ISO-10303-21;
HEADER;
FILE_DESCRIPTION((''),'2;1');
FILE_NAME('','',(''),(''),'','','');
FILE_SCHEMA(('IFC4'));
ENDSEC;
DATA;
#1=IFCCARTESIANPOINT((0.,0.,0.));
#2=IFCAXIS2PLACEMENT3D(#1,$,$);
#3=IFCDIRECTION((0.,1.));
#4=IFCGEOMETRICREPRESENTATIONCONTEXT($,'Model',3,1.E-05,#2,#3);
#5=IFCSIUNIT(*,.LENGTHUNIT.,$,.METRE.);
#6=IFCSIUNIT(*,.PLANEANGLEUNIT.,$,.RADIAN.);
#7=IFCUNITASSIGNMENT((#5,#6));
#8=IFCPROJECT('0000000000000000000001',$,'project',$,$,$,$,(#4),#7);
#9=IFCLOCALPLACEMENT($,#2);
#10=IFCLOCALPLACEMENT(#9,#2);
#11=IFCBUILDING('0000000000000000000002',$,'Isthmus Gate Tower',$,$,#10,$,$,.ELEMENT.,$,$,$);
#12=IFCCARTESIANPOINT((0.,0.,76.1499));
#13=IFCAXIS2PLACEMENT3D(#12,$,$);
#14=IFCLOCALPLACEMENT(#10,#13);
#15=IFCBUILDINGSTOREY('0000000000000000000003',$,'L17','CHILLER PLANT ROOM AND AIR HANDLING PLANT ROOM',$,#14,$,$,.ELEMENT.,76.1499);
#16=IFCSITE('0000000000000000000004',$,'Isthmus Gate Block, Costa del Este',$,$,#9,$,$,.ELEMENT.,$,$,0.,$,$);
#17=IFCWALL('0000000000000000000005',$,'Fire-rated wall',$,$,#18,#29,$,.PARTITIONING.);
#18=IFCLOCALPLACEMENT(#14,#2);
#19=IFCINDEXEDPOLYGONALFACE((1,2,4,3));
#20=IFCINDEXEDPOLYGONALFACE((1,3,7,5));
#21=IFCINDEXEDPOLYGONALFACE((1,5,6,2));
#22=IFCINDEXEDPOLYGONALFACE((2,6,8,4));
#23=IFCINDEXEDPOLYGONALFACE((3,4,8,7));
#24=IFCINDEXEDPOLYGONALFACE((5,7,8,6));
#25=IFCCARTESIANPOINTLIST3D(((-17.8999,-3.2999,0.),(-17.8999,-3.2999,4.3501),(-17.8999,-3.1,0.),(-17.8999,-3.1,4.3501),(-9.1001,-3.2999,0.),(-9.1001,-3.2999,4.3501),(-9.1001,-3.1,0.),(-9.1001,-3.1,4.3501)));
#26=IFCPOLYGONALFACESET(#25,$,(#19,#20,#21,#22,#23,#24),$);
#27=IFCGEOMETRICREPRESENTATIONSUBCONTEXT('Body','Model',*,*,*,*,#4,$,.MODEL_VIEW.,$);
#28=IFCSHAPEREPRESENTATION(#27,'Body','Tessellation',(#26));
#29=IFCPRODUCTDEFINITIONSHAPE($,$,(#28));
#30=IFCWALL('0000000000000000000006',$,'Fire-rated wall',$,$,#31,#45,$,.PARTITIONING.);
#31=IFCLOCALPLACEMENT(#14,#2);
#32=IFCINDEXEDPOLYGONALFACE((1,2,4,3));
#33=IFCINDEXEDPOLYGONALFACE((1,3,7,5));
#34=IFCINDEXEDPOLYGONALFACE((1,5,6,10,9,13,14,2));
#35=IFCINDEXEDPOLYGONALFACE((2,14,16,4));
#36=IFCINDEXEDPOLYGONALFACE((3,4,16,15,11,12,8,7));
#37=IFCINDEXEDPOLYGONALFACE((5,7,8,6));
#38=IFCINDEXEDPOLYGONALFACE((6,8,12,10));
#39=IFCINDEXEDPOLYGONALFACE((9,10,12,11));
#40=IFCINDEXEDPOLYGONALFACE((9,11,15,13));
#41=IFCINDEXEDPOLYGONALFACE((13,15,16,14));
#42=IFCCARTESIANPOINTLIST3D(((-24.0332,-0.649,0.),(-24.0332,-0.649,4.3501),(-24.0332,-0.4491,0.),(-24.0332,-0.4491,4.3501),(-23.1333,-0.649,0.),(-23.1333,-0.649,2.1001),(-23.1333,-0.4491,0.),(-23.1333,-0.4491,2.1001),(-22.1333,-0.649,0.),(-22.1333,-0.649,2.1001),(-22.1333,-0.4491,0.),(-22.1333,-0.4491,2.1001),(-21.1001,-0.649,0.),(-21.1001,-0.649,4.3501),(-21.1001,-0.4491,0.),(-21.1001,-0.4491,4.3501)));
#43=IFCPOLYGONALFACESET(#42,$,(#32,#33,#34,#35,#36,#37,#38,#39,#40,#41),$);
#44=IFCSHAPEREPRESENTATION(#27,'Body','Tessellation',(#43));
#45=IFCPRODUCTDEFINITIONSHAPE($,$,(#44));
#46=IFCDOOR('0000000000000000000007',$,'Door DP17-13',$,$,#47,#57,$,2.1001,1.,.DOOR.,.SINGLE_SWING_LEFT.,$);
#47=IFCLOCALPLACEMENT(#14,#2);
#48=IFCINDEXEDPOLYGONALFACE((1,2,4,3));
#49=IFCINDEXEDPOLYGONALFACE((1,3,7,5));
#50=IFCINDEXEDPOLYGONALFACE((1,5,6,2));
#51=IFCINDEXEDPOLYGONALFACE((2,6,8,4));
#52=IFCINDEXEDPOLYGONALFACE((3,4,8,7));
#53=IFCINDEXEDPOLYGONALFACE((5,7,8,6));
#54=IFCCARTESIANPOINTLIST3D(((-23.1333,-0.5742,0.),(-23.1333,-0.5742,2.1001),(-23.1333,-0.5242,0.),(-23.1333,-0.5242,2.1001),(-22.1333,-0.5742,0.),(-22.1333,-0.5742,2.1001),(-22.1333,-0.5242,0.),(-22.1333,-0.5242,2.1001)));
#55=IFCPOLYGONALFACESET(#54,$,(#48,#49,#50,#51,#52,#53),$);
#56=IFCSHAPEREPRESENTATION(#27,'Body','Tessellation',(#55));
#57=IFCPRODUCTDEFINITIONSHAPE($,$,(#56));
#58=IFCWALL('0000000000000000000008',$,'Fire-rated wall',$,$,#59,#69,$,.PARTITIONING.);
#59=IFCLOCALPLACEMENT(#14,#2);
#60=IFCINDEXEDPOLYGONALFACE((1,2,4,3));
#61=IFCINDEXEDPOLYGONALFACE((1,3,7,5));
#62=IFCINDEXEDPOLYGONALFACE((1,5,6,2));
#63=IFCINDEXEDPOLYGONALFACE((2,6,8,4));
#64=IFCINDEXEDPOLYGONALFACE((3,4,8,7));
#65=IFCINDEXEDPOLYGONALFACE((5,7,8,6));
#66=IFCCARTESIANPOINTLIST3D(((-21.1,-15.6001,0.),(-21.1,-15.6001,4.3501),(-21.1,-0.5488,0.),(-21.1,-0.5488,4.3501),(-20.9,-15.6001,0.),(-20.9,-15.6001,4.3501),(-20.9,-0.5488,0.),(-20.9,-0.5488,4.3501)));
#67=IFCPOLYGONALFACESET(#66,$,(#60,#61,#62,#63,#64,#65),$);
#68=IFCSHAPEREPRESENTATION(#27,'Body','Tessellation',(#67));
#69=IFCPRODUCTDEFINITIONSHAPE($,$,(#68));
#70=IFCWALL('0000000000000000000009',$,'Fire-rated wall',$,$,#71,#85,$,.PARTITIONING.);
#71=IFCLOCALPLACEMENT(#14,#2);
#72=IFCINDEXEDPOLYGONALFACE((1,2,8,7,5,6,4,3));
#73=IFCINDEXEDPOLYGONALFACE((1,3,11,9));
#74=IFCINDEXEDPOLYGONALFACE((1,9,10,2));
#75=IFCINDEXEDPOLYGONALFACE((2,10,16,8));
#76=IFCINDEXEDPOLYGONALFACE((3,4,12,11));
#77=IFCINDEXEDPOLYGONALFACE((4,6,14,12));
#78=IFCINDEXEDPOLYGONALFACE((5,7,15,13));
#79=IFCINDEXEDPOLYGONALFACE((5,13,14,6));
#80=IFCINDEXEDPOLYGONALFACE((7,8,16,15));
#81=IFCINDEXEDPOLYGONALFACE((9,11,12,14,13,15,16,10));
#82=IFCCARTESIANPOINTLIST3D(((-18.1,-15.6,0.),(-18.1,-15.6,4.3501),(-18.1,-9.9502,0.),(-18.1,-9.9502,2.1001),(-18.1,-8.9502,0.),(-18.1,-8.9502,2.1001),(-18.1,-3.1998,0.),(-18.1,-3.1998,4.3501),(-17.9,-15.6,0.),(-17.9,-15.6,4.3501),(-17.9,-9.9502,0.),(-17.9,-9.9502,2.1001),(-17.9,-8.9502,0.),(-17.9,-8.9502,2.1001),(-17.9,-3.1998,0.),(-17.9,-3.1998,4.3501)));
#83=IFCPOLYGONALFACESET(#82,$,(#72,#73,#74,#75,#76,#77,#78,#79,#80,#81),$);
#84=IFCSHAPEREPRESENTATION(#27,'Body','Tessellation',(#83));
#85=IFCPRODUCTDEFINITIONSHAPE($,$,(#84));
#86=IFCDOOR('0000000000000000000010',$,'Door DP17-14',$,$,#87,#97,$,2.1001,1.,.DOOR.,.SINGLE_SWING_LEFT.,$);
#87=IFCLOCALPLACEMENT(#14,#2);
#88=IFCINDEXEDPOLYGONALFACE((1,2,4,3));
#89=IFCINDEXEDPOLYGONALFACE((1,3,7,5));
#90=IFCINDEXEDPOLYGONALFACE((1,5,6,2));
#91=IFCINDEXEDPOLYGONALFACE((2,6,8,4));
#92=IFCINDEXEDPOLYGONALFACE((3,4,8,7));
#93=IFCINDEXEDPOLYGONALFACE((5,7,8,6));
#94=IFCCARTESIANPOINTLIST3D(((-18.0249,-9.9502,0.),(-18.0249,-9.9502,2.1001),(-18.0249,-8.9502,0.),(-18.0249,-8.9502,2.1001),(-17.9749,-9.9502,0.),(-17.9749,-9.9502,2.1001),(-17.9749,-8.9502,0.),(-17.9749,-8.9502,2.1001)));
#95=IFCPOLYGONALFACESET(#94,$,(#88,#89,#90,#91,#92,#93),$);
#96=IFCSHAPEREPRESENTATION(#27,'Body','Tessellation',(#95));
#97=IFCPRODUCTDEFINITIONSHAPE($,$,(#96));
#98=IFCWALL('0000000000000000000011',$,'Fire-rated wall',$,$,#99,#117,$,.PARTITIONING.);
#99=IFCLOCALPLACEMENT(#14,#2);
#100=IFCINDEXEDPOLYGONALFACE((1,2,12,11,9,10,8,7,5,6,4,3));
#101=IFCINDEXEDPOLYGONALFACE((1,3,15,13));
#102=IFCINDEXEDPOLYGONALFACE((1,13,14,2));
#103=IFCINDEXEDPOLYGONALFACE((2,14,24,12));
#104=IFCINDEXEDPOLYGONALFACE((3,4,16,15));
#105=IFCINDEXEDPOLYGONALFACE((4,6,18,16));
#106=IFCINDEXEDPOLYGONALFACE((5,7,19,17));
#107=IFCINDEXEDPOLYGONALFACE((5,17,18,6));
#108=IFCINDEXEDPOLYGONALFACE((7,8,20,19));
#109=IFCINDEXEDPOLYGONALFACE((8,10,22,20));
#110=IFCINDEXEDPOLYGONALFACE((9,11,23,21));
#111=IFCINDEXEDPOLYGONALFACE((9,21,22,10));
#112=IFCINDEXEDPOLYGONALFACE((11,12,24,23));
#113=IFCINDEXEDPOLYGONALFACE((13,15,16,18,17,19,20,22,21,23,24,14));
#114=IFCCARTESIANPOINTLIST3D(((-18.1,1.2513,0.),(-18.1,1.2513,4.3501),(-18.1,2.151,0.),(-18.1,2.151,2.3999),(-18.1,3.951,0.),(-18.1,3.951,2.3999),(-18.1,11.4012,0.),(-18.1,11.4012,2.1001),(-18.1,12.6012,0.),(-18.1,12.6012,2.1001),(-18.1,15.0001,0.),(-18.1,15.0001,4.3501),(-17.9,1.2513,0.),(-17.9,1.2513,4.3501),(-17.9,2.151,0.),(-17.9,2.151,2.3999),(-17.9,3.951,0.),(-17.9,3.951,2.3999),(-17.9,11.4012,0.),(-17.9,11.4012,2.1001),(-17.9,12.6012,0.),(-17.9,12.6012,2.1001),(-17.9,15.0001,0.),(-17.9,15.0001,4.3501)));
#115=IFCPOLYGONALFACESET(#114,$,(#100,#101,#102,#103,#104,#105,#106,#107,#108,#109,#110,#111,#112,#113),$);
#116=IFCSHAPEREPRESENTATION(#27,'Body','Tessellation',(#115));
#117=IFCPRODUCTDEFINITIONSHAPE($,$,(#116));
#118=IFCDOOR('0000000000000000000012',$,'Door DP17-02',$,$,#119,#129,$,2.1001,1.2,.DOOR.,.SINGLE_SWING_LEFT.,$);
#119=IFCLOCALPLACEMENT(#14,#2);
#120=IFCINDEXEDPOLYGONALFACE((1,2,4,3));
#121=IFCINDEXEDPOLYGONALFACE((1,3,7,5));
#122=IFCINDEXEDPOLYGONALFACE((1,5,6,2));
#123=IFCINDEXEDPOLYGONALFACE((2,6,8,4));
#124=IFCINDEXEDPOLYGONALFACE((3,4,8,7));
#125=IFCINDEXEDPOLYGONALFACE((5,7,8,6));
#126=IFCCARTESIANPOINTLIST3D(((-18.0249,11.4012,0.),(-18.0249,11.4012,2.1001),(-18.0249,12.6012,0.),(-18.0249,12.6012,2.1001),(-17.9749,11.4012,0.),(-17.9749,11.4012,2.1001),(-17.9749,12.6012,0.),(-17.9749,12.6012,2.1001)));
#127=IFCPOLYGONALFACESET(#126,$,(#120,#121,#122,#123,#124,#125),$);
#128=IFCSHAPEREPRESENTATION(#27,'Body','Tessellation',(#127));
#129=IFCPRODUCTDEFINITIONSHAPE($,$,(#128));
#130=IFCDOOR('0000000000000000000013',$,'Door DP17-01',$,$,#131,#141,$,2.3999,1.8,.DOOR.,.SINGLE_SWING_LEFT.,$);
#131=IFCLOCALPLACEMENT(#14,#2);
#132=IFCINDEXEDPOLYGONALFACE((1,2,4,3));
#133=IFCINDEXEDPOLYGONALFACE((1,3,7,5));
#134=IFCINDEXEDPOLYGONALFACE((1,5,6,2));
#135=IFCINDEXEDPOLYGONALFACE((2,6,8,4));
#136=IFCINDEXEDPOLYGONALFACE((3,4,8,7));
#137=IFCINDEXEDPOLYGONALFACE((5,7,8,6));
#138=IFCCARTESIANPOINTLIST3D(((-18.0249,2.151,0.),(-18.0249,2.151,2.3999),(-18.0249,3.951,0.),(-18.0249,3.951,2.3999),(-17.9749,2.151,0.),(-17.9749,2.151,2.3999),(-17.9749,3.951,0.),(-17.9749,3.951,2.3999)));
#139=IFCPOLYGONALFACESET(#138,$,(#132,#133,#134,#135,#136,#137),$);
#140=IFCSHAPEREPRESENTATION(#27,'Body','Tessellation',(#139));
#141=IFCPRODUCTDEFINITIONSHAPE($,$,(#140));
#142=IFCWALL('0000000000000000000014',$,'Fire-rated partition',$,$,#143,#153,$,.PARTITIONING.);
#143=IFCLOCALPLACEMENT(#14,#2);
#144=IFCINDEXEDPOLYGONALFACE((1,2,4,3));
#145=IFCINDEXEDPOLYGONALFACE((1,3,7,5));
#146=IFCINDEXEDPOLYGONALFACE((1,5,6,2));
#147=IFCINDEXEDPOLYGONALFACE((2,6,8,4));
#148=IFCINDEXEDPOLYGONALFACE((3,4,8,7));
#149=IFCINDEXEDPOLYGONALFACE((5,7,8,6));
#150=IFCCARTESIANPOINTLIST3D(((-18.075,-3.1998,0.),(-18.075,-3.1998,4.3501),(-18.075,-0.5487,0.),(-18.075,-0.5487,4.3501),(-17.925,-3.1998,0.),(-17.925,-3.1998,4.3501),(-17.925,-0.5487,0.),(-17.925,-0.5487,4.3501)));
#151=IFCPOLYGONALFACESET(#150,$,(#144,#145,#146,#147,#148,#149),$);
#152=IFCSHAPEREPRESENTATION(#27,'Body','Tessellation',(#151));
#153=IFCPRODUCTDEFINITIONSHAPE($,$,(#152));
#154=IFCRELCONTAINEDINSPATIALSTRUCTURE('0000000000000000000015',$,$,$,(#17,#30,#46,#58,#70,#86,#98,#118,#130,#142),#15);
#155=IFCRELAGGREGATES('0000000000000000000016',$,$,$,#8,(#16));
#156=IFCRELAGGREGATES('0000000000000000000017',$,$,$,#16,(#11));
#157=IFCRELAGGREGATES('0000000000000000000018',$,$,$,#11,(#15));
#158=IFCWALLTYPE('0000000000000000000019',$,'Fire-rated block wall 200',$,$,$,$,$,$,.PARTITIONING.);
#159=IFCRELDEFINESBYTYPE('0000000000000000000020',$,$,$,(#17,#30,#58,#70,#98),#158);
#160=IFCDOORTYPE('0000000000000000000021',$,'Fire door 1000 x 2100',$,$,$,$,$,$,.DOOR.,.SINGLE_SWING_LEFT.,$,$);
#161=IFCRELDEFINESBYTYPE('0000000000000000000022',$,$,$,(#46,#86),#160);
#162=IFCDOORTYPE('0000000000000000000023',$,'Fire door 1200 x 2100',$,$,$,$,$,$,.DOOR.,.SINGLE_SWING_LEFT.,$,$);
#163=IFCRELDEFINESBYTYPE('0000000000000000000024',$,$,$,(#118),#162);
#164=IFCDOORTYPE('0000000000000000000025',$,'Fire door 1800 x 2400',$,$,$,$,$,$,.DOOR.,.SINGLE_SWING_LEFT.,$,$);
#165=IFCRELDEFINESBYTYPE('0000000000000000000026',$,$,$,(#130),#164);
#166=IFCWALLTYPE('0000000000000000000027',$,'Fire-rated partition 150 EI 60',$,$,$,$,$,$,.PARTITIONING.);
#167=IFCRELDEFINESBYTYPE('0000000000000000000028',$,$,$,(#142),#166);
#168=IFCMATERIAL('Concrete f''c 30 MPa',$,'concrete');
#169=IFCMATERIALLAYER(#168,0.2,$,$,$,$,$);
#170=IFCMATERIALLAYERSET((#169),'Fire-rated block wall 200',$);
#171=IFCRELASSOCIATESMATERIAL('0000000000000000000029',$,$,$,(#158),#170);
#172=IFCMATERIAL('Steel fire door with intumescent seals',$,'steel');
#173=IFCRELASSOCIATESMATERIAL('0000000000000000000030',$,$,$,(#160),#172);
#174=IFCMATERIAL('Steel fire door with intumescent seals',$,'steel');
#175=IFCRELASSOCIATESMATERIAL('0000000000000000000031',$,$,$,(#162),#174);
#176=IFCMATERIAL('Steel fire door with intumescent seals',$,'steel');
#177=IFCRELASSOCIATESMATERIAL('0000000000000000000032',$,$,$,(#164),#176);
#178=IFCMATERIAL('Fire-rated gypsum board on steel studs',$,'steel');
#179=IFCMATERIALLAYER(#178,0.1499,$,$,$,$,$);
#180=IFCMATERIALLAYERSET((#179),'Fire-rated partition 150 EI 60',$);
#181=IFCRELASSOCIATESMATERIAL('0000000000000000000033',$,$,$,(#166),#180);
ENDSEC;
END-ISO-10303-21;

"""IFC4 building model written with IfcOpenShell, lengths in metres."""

from ifc_helpers import new_model, si_unit, direction, frame, frame_2d, origin, place, context, subcontext, project, spatial, rectangle, extrude, material, layer, layer_set, type_object, element, fill, save


model = new_model("IFC4")

# Units and contexts
model_context = context("Model", 3, precision=1e-05, world=origin(), true_north=direction((0.0, 1.0)))
body_context = subcontext(model_context, "Body", "Model", "MODEL_VIEW")
ifc_project = project(units=[si_unit("LENGTHUNIT", "METRE"), si_unit("PLANEANGLEUNIT", "RADIAN")], contexts=[model_context])

# Site, building, storey
site_placement = place(None, origin())
site = spatial("IfcSite", under=ifc_project, at=site_placement, Name="Isthmus Gate Block, Costa del Este", CompositionType="ELEMENT", RefElevation=0.0)
building_placement = place(site_placement, origin())
building = spatial("IfcBuilding", under=site, at=building_placement, Name="Isthmus Gate Tower", CompositionType="ELEMENT")
storey_placement = place(building_placement, frame((0.0, 0.0, 76.1499)))
storey = spatial("IfcBuildingStorey", under=building, at=storey_placement, Name="L17", Description="CHILLER PLANT ROOM AND AIR HANDLING PLANT ROOM", CompositionType="ELEMENT", Elevation=76.1499)

# Wall
ifc_material_1 = material(Name="Concrete f'c 30 MPa", Category="concrete")
ifc_layer_1 = layer(ifc_material_1, 0.2)
ifc_layer_set_1 = layer_set([ifc_layer_1], Name="Fire-rated block wall 200")
wall_type_1 = type_object("IfcWallType", Name="Fire-rated block wall 200", PredefinedType="PARTITIONING", material=ifc_layer_set_1)
wall_1_placement = place(storey_placement, frame((-17.8999, -3.2, 0.0), z_axis=(0.0, 0.0, 1.0), x_axis=(1.0, 0.0, 0.0)))
element("IfcWall", 1, at=wall_1_placement, inside=storey, type_object=wall_type_1, Name="Fire-rated wall", PredefinedType="PARTITIONING", context=body_context, shape_type="SweptSolid", body=[
    extrude(rectangle(XDim=8.7998, YDim=0.2, at=frame_2d((4.3999, 0.0))), origin(), (0.0, 0.0, 1.0), 4.3501),
])

# Wall, opening, door
wall_2_placement = place(storey_placement, frame((-24.0332, -0.5491, 0.0), z_axis=(0.0, 0.0, 1.0), x_axis=(1.0, 0.0, 0.0)))
wall_2 = element("IfcWall", 2, at=wall_2_placement, inside=storey, type_object=wall_type_1, Name="Fire-rated wall", PredefinedType="PARTITIONING", context=body_context, shape_type="SweptSolid", body=[
    extrude(rectangle(XDim=2.9331, YDim=0.2, at=frame_2d((1.4666, 0.0))), origin(), (0.0, 0.0, 1.0), 4.3501),
])
opening_1_placement = place(wall_2_placement, frame((0.8999, 0.0, 0.0)))
opening_1 = element("IfcOpeningElement", 3, at=opening_1_placement, cuts=wall_2, PredefinedType="OPENING", context=body_context, shape_type="SweptSolid", body=[
    extrude(rectangle(XDim=1.0, YDim=2.1001, at=frame_2d((0.5, 1.05))), frame((0.0, 0.1099, 0.0), z_axis=(0.0, -1.0, 0.0), x_axis=(1.0, 0.0, 0.0)), (0.0, 0.0, 1.0), 0.22),
])
ifc_material_2 = material(Name="Steel fire door with intumescent seals", Category="steel")
door_type_1 = type_object("IfcDoorType", Name="Fire door 1000 x 2100", OperationType="SINGLE_SWING_LEFT", PredefinedType="DOOR", material=ifc_material_2)
door_1_placement = place(opening_1_placement, origin())
door_1 = element("IfcDoor", 4, at=door_1_placement, inside=storey, type_object=door_type_1, Name="Door DP17-13", OperationType="SINGLE_SWING_LEFT", OverallHeight=2.1001, OverallWidth=1.0, PredefinedType="DOOR", context=body_context, shape_type="SweptSolid", body=[
    extrude(rectangle(XDim=1.0, YDim=2.1001, at=frame_2d((0.5, 1.05))), frame((0.0, 0.0249, 0.0), z_axis=(0.0, -1.0, 0.0), x_axis=(1.0, 0.0, 0.0)), (0.0, 0.0, 1.0), 0.05),
])
fill(opening_1, door_1)

# Wall
wall_3_placement = place(storey_placement, frame((-21.0, -15.6001, 0.0), z_axis=(0.0, 0.0, 1.0), x_axis=(0.0, 1.0, 0.0)))
element("IfcWall", 5, at=wall_3_placement, inside=storey, type_object=wall_type_1, Name="Fire-rated wall", PredefinedType="PARTITIONING", context=body_context, shape_type="SweptSolid", body=[
    extrude(rectangle(XDim=15.0513, YDim=0.2, at=frame_2d((7.5256, 0.0))), origin(), (0.0, 0.0, 1.0), 4.3501),
])

# Wall, opening, door
wall_4_placement = place(storey_placement, frame((-18.0, -15.6001, 0.0), z_axis=(0.0, 0.0, 1.0), x_axis=(0.0, 1.0, 0.0)))
wall_4 = element("IfcWall", 6, at=wall_4_placement, inside=storey, type_object=wall_type_1, Name="Fire-rated wall", PredefinedType="PARTITIONING", context=body_context, shape_type="SweptSolid", body=[
    extrude(rectangle(XDim=12.4001, YDim=0.2, at=frame_2d((6.2002, 0.0))), origin(), (0.0, 0.0, 1.0), 4.3501),
])
opening_2_placement = place(wall_4_placement, frame((5.6499, 0.0, 0.0)))
opening_2 = element("IfcOpeningElement", 7, at=opening_2_placement, cuts=wall_4, PredefinedType="OPENING", context=body_context, shape_type="SweptSolid", body=[
    extrude(rectangle(XDim=1.0, YDim=2.1001, at=frame_2d((0.5, 1.05))), frame((0.0, 0.1099, 0.0), z_axis=(0.0, -1.0, 0.0), x_axis=(1.0, 0.0, 0.0)), (0.0, 0.0, 1.0), 0.22),
])
door_2_placement = place(opening_2_placement, origin())
door_2 = element("IfcDoor", 8, at=door_2_placement, inside=storey, type_object=door_type_1, Name="Door DP17-14", OperationType="SINGLE_SWING_LEFT", OverallHeight=2.1001, OverallWidth=1.0, PredefinedType="DOOR", context=body_context, shape_type="SweptSolid", body=[
    extrude(rectangle(XDim=1.0, YDim=2.1001, at=frame_2d((0.5, 1.05))), frame((0.0, 0.0249, 0.0), z_axis=(0.0, -1.0, 0.0), x_axis=(1.0, 0.0, 0.0)), (0.0, 0.0, 1.0), 0.05),
])
fill(opening_2, door_2)

# Wall, openings, doors
wall_5_placement = place(storey_placement, frame((-18.0, 1.2512, 0.0), z_axis=(0.0, 0.0, 1.0), x_axis=(0.0, 1.0, 0.0)))
wall_5 = element("IfcWall", 9, at=wall_5_placement, inside=storey, type_object=wall_type_1, Name="Fire-rated wall", PredefinedType="PARTITIONING", context=body_context, shape_type="SweptSolid", body=[
    extrude(rectangle(XDim=13.7488, YDim=0.2, at=frame_2d((6.8745, 0.0))), origin(), (0.0, 0.0, 1.0), 4.3501),
])
opening_3_placement = place(wall_5_placement, frame((0.8999, 0.0, 0.0)))
opening_3 = element("IfcOpeningElement", 10, at=opening_3_placement, cuts=wall_5, PredefinedType="OPENING", context=body_context, shape_type="SweptSolid", body=[
    extrude(rectangle(XDim=1.8, YDim=2.3999, at=frame_2d((0.8999, 1.2))), frame((0.0, 0.1099, 0.0), z_axis=(0.0, -1.0, 0.0), x_axis=(1.0, 0.0, 0.0)), (0.0, 0.0, 1.0), 0.22),
])
opening_4_placement = place(wall_5_placement, frame((10.1499, 0.0, 0.0)))
opening_4 = element("IfcOpeningElement", 11, at=opening_4_placement, cuts=wall_5, PredefinedType="OPENING", context=body_context, shape_type="SweptSolid", body=[
    extrude(rectangle(XDim=1.2, YDim=2.1001, at=frame_2d((0.6001, 1.05))), frame((0.0, 0.1099, 0.0), z_axis=(0.0, -1.0, 0.0), x_axis=(1.0, 0.0, 0.0)), (0.0, 0.0, 1.0), 0.22),
])
ifc_material_3 = material(Name="Steel fire door with intumescent seals", Category="steel")
door_type_2 = type_object("IfcDoorType", Name="Fire door 1200 x 2100", OperationType="SINGLE_SWING_LEFT", PredefinedType="DOOR", material=ifc_material_3)
door_3_placement = place(opening_4_placement, origin())
door_3 = element("IfcDoor", 12, at=door_3_placement, inside=storey, type_object=door_type_2, Name="Door DP17-02", OperationType="SINGLE_SWING_LEFT", OverallHeight=2.1001, OverallWidth=1.2, PredefinedType="DOOR", context=body_context, shape_type="SweptSolid", body=[
    extrude(rectangle(XDim=1.2, YDim=2.1001, at=frame_2d((0.6001, 1.05))), frame((0.0, 0.0249, 0.0), z_axis=(0.0, -1.0, 0.0), x_axis=(1.0, 0.0, 0.0)), (0.0, 0.0, 1.0), 0.05),
])
fill(opening_4, door_3)
ifc_material_4 = material(Name="Steel fire door with intumescent seals", Category="steel")
door_type_3 = type_object("IfcDoorType", Name="Fire door 1800 x 2400", OperationType="SINGLE_SWING_LEFT", PredefinedType="DOOR", material=ifc_material_4)
door_4_placement = place(opening_3_placement, origin())
door_4 = element("IfcDoor", 13, at=door_4_placement, inside=storey, type_object=door_type_3, Name="Door DP17-01", OperationType="SINGLE_SWING_LEFT", OverallHeight=2.3999, OverallWidth=1.8, PredefinedType="DOOR", context=body_context, shape_type="SweptSolid", body=[
    extrude(rectangle(XDim=1.8, YDim=2.3999, at=frame_2d((0.8999, 1.2))), frame((0.0, 0.0249, 0.0), z_axis=(0.0, -1.0, 0.0), x_axis=(1.0, 0.0, 0.0)), (0.0, 0.0, 1.0), 0.05),
])
fill(opening_3, door_4)

# Wall
ifc_material_5 = material(Name="Fire-rated gypsum board on steel studs", Category="steel")
ifc_layer_2 = layer(ifc_material_5, 0.1499)
ifc_layer_set_2 = layer_set([ifc_layer_2], Name="Fire-rated partition 150 EI 60")
wall_type_2 = type_object("IfcWallType", Name="Fire-rated partition 150 EI 60", PredefinedType="PARTITIONING", material=ifc_layer_set_2)
wall_6_placement = place(storey_placement, frame((-18.0, -3.2, 0.0), z_axis=(0.0, 0.0, 1.0), x_axis=(0.0, 1.0, 0.0)))
element("IfcWall", 14, at=wall_6_placement, inside=storey, type_object=wall_type_2, Name="Fire-rated partition", PredefinedType="PARTITIONING", context=body_context, shape_type="SweptSolid", body=[
    extrude(rectangle(XDim=2.6511, YDim=0.1499, at=frame_2d((1.3257, 0.0))), origin(), (0.0, 0.0, 1.0), 4.3501),
])

save(model, "model.ifc")
